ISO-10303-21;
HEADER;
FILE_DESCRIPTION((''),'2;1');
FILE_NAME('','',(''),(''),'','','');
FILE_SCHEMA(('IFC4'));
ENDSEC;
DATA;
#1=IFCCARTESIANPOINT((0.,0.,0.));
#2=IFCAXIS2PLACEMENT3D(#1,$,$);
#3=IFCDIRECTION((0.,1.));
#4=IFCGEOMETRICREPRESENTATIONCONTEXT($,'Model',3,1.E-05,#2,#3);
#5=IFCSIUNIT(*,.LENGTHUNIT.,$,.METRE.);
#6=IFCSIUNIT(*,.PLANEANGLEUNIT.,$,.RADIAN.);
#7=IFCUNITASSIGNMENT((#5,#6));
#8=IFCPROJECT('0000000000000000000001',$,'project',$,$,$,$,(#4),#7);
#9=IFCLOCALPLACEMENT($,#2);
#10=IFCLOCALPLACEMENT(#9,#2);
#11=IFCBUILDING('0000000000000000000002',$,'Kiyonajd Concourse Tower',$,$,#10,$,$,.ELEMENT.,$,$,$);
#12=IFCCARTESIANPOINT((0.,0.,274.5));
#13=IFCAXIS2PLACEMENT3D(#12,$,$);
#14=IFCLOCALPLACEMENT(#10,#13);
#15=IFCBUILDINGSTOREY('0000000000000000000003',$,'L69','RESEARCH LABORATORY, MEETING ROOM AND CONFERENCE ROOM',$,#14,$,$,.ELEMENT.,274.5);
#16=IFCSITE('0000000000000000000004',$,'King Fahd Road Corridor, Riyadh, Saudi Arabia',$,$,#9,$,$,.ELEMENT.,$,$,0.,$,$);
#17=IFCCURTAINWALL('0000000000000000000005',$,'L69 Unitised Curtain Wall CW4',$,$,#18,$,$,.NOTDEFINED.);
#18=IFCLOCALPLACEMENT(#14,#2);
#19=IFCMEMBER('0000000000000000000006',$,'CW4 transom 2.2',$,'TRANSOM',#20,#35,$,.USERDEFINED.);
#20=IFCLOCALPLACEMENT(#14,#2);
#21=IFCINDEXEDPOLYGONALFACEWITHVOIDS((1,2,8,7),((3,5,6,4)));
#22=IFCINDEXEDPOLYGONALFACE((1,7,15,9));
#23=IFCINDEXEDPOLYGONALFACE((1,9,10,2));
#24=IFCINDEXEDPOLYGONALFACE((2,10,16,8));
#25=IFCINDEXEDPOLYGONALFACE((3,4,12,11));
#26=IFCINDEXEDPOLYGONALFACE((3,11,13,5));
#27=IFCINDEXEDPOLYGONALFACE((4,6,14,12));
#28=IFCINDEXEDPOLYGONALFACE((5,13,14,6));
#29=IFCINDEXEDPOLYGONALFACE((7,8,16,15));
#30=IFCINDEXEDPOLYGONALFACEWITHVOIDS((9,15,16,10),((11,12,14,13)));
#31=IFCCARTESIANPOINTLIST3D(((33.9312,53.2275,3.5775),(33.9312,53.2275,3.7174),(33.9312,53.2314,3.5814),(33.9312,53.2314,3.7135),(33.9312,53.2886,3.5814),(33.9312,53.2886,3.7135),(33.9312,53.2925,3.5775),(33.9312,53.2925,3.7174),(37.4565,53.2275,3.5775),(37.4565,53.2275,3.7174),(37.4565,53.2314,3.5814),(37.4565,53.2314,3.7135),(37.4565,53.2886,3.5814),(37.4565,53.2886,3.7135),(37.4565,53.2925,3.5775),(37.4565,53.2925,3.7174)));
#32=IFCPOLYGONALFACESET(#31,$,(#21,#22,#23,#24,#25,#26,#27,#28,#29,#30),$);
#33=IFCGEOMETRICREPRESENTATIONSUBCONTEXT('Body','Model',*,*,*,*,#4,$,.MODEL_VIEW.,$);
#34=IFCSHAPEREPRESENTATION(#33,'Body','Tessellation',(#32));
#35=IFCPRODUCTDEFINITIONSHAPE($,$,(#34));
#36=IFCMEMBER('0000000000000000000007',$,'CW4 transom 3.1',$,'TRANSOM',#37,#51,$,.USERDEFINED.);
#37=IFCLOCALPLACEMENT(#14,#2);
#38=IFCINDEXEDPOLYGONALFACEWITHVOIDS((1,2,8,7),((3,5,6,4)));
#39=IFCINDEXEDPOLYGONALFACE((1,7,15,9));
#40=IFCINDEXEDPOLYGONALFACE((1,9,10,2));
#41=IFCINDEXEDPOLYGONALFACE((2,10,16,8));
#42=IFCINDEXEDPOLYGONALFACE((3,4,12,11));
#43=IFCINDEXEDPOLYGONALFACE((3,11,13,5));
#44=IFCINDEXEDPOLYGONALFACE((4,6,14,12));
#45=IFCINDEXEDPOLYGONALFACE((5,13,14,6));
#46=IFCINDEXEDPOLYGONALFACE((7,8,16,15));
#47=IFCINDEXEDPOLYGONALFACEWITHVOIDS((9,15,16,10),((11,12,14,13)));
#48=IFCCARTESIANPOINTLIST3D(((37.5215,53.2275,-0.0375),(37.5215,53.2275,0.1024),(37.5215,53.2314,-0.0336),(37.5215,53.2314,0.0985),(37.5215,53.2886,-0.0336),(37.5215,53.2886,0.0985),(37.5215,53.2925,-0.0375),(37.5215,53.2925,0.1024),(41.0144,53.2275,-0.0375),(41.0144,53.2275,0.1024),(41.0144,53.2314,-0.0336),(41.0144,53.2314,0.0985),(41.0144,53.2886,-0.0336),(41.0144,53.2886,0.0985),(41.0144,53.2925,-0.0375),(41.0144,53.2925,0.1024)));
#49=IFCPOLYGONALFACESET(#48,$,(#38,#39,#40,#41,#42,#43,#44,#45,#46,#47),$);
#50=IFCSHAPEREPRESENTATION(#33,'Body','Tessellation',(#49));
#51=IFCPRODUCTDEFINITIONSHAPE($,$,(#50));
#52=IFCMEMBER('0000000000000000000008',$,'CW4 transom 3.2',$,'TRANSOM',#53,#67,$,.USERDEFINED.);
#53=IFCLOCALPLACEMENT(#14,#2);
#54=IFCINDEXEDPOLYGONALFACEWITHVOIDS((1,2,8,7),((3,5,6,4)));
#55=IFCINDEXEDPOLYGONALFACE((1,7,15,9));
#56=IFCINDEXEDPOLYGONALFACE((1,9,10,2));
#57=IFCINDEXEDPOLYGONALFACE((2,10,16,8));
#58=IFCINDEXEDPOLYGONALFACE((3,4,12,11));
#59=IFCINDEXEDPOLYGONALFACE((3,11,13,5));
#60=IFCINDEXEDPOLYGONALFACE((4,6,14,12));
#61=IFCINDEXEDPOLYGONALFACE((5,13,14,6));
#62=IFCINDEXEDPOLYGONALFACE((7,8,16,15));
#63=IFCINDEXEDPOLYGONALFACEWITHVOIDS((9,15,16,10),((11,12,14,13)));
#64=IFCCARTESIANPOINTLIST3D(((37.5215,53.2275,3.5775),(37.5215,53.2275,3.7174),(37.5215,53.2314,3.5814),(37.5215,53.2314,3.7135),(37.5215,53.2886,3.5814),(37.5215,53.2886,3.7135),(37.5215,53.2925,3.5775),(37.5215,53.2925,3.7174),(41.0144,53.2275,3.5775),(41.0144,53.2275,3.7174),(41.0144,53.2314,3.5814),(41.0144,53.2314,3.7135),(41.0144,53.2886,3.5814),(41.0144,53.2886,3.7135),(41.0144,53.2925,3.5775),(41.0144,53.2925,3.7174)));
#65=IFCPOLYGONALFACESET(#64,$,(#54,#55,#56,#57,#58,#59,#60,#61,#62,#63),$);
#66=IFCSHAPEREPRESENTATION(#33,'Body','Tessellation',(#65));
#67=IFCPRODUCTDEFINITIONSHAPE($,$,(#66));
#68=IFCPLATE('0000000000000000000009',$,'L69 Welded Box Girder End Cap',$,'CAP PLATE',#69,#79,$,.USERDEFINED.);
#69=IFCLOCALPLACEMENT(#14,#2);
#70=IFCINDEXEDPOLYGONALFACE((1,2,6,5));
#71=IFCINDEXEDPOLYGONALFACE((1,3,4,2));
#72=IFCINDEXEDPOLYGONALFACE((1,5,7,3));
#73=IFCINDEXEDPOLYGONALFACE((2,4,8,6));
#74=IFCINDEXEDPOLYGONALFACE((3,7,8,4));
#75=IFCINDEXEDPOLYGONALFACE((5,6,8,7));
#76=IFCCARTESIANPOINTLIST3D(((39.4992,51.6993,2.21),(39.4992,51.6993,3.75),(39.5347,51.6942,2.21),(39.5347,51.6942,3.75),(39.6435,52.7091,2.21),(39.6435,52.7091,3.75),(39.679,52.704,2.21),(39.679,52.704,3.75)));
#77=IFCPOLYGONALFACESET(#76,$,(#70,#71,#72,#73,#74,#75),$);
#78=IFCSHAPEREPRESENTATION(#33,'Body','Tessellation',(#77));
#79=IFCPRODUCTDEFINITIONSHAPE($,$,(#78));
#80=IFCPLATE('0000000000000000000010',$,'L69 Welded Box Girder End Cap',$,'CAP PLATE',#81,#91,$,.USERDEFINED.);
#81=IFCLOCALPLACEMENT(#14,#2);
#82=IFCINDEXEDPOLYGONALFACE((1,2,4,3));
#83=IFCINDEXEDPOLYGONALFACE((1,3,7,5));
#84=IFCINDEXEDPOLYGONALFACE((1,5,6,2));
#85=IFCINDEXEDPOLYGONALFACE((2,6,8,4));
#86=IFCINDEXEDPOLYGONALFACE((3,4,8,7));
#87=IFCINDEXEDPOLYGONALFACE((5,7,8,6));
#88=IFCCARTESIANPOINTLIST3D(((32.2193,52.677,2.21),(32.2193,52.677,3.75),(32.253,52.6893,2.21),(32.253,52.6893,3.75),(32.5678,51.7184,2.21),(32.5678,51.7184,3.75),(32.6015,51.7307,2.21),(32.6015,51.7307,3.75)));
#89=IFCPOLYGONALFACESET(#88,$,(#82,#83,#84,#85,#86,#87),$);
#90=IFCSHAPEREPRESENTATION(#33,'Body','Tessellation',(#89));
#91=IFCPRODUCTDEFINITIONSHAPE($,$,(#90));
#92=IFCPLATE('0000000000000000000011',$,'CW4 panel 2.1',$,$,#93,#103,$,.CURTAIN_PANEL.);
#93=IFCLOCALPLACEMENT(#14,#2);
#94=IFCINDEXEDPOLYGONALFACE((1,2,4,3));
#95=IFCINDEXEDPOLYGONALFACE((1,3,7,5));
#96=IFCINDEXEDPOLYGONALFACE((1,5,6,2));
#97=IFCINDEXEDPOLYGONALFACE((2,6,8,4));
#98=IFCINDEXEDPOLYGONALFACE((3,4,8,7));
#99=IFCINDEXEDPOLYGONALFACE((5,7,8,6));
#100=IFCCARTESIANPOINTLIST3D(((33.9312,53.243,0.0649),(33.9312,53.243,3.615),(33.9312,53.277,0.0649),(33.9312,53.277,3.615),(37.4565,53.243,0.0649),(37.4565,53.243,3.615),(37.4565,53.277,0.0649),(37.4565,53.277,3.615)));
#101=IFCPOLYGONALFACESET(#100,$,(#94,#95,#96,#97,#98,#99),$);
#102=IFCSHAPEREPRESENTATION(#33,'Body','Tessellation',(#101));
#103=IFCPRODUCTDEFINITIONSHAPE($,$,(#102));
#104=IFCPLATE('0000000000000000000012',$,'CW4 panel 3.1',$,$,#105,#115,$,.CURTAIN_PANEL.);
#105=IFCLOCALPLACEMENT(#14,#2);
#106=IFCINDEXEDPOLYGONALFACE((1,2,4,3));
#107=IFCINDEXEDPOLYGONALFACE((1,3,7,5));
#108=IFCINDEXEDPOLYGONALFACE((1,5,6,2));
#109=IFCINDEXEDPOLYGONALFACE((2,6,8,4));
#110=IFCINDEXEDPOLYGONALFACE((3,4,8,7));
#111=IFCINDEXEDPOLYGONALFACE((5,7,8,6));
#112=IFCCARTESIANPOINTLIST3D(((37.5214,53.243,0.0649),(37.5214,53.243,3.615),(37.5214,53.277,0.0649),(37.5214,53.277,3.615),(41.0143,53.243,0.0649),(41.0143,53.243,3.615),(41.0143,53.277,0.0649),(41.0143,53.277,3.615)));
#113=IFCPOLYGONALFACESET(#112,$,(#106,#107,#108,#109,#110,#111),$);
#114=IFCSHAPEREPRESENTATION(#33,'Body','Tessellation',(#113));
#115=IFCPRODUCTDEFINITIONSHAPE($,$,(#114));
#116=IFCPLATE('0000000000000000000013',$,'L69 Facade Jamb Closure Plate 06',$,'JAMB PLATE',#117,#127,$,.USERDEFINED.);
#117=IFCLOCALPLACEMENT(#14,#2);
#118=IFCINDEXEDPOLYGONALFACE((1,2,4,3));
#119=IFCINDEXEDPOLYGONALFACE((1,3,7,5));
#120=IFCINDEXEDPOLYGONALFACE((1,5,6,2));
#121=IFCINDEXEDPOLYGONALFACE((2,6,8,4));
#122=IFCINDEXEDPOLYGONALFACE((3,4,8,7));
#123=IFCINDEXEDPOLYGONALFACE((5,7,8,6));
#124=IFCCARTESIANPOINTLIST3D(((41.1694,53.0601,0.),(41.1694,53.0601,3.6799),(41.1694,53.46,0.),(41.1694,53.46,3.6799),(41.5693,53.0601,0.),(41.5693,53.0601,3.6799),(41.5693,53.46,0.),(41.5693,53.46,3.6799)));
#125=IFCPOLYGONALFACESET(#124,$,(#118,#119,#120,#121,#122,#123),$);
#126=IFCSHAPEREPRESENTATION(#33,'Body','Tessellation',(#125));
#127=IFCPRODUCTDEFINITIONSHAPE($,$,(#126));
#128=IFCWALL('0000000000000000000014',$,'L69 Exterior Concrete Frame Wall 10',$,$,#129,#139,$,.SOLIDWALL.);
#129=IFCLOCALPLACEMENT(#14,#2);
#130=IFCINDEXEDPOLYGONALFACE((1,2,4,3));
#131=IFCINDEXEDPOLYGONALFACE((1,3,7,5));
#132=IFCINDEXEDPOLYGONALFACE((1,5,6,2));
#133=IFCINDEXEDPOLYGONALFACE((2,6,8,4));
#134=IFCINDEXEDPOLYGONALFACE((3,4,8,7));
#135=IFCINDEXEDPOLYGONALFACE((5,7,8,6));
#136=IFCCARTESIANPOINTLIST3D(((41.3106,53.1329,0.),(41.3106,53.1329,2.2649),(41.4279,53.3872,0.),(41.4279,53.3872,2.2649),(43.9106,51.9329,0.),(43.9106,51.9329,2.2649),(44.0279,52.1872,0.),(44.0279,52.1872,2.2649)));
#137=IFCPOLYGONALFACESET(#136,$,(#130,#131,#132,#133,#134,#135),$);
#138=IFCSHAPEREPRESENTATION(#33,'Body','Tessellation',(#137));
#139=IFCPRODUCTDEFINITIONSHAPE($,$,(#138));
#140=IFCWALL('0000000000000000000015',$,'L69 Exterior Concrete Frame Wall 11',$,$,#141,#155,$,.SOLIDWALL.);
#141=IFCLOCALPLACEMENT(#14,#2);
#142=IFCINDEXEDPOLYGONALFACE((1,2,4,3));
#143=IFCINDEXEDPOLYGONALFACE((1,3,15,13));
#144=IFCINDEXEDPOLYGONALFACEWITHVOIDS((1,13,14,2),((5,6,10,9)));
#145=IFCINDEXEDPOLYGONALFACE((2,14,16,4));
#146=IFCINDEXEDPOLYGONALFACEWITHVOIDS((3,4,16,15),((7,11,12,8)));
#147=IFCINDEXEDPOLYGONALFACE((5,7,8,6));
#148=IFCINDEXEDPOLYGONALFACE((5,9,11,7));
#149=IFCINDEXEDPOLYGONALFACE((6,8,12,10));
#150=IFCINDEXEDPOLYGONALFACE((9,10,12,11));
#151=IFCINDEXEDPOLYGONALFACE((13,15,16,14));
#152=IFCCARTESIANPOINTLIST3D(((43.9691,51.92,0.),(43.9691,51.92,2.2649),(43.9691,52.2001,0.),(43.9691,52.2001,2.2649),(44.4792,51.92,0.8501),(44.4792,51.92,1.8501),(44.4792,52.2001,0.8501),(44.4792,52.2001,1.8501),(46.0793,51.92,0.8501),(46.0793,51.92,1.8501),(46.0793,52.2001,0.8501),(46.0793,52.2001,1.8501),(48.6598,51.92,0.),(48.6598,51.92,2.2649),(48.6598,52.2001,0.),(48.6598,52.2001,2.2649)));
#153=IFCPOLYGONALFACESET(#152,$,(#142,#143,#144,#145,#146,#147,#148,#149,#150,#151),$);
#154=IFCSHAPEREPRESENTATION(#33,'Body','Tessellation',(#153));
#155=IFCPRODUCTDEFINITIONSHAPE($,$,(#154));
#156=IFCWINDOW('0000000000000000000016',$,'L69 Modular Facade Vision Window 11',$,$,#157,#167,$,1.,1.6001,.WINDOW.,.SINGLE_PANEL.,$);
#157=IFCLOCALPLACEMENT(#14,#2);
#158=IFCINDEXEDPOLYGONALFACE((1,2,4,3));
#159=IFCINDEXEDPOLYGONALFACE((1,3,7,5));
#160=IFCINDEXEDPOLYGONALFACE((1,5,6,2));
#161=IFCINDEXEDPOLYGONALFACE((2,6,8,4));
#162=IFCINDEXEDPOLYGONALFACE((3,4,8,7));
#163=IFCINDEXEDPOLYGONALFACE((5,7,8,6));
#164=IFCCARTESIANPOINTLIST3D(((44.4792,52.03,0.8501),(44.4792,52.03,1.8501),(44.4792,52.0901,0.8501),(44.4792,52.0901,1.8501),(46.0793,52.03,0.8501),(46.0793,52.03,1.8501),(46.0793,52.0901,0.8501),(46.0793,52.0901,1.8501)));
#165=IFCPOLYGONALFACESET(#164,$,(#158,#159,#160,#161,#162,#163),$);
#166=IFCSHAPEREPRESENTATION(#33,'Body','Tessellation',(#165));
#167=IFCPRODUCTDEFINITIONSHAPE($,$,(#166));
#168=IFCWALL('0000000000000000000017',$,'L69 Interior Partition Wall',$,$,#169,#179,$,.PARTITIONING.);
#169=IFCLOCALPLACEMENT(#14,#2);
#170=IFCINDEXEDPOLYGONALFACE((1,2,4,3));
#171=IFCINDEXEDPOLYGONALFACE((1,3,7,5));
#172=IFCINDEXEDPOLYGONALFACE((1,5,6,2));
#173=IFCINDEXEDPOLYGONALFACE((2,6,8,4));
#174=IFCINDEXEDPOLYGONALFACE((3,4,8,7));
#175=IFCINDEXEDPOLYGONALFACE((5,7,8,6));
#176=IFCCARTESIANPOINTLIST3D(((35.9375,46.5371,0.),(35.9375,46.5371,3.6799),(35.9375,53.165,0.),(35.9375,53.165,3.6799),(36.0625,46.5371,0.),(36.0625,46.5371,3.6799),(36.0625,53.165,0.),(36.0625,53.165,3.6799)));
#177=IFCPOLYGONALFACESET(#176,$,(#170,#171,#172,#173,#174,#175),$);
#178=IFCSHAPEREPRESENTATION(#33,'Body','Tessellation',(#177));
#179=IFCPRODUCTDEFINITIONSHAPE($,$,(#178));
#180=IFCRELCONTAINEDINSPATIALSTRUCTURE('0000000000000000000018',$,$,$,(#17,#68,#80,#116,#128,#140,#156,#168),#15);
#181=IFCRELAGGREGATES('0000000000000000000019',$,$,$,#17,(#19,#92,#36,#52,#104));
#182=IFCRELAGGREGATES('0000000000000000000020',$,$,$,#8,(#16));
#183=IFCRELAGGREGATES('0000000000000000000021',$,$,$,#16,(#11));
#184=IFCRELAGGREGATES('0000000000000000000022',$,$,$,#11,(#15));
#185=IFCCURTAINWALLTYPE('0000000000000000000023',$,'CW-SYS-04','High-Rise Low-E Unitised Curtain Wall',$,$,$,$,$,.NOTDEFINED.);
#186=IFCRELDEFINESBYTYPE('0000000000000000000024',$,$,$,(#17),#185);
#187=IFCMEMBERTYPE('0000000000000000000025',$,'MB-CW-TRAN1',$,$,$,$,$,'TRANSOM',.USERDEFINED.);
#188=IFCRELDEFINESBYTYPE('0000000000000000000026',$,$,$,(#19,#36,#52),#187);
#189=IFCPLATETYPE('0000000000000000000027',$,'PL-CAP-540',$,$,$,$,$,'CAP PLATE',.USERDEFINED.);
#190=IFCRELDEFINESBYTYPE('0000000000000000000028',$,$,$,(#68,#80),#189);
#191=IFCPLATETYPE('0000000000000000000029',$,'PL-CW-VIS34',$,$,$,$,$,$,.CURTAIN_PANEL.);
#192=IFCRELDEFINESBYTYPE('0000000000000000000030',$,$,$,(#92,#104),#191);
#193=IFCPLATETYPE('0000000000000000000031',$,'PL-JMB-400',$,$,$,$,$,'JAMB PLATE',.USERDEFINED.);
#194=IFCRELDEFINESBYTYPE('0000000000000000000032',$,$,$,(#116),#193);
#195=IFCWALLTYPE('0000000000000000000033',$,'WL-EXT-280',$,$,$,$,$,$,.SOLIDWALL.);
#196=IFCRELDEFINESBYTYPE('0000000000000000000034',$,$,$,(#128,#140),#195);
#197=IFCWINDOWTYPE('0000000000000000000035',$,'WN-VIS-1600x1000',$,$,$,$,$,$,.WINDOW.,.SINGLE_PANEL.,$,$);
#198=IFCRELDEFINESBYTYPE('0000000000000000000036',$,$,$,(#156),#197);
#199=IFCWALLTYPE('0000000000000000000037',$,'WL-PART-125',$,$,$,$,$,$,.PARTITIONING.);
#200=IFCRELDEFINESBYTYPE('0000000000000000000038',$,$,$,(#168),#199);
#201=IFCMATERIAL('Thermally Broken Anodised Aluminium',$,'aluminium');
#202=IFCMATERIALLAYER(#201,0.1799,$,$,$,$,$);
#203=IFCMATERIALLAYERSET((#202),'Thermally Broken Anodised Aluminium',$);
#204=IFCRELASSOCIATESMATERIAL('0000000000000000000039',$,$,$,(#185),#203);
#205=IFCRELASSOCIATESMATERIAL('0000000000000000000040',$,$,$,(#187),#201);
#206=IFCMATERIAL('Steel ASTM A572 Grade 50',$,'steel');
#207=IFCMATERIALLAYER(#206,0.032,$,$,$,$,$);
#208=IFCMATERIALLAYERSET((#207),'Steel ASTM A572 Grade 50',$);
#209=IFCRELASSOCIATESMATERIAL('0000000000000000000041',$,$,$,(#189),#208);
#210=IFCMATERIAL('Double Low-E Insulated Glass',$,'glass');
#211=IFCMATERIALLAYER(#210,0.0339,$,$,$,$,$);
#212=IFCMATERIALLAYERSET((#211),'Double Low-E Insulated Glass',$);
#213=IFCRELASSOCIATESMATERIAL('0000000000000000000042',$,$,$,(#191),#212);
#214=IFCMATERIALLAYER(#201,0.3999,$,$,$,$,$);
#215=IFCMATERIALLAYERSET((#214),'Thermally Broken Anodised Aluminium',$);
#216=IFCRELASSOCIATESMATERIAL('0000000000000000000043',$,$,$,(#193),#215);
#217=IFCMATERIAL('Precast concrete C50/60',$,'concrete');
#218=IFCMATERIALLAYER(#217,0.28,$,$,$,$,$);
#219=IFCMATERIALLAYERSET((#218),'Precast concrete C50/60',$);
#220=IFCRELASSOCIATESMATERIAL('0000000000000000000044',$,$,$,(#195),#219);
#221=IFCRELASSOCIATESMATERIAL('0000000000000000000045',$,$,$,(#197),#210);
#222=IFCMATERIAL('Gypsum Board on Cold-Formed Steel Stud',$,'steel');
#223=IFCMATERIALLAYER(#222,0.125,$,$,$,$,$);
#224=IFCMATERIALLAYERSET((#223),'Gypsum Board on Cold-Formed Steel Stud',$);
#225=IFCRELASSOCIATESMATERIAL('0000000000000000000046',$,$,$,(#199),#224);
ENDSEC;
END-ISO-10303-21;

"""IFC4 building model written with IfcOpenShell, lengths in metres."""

from ifc_helpers import new_model, si_unit, direction, frame, frame_2d, origin, origin_2d, place, context, subcontext, project, spatial, rectangle, hollow_rectangle, extrude, material, layer, layer_set, material_profile, profile_set, type_object, element, fill, aggregate, save


model = new_model("IFC4")

# Units and contexts
model_context = context("Model", 3, precision=1e-05, world=origin(), true_north=direction((0.0, 1.0)))
body_context = subcontext(model_context, "Body", "Model", "MODEL_VIEW")
ifc_project = project(units=[si_unit("LENGTHUNIT", "METRE"), si_unit("PLANEANGLEUNIT", "RADIAN")], contexts=[model_context])

# Site, building, storey
site_placement = place(None, origin())
site = spatial("IfcSite", under=ifc_project, at=site_placement, Name="King Fahd Road Corridor, Riyadh, Saudi Arabia", CompositionType="ELEMENT", RefElevation=0.0)
building_placement = place(site_placement, origin())
building = spatial("IfcBuilding", under=site, at=building_placement, Name="Kiyonajd Concourse Tower", CompositionType="ELEMENT")
storey_placement = place(building_placement, frame((0.0, 0.0, 274.5)))
storey = spatial("IfcBuildingStorey", under=building, at=storey_placement, Name="L69", Description="RESEARCH LABORATORY, MEETING ROOM AND CONFERENCE ROOM", CompositionType="ELEMENT", Elevation=274.5)

# Curtain wall, members
ifc_material_1 = material(Name="Thermally Broken Anodised Aluminium", Category="aluminium")
ifc_layer_1 = layer(ifc_material_1, 0.1799)
ifc_layer_set_1 = layer_set([ifc_layer_1], Name="Thermally Broken Anodised Aluminium")
curtain_wall_type = type_object("IfcCurtainWallType", Name="CW-SYS-04", Description="High-Rise Low-E Unitised Curtain Wall", PredefinedType="NOTDEFINED", material=ifc_layer_set_1)
curtain_wall_placement = place(storey_placement, origin())
curtain_wall = element("IfcCurtainWall", 1, at=curtain_wall_placement, inside=storey, type_object=curtain_wall_type, Name="L69 Unitised Curtain Wall CW4", PredefinedType="NOTDEFINED")
ifc_material_profile_1 = material_profile(ifc_material_1, hollow_rectangle(XDim=0.0649, YDim=0.1399, WallThickness=0.0039, at=origin_2d()), Name="TRAN-65x140")
ifc_profile_set_1 = profile_set([ifc_material_profile_1], Name="Thermally Broken Anodised Aluminium")
member_type_1 = type_object("IfcMemberType", Name="MB-CW-TRAN1", ElementType="TRANSOM", PredefinedType="USERDEFINED", material=ifc_profile_set_1)
member_1_placement = place(storey_placement, frame((33.9312, 53.26, 3.6475), z_axis=(1.0, 0.0, 0.0), x_axis=(0.0, 1.0, 0.0)))
member_1 = element("IfcMember", 2, at=member_1_placement, type_object=member_type_1, Name="CW4 transom 2.2", ObjectType="TRANSOM", PredefinedType="USERDEFINED", context=body_context, shape_type="SweptSolid", body=[
    extrude(hollow_rectangle(XDim=0.0649, YDim=0.1399, WallThickness=0.0039, at=origin_2d()), origin(), (0.0, 0.0, 1.0), 3.5254),
])
member_2_placement = place(storey_placement, frame((37.5215, 53.26, 0.0325), z_axis=(1.0, 0.0, 0.0), x_axis=(0.0, 1.0, 0.0)))
member_2 = element("IfcMember", 3, at=member_2_placement, type_object=member_type_1, Name="CW4 transom 3.1", ObjectType="TRANSOM", PredefinedType="USERDEFINED", context=body_context, shape_type="SweptSolid", body=[
    extrude(hollow_rectangle(XDim=0.0649, YDim=0.1399, WallThickness=0.0039, at=origin_2d()), origin(), (0.0, 0.0, 1.0), 3.4929),
])
member_3_placement = place(storey_placement, frame((37.5215, 53.26, 3.6475), z_axis=(1.0, 0.0, 0.0), x_axis=(0.0, 1.0, 0.0)))
member_3 = element("IfcMember", 4, at=member_3_placement, type_object=member_type_1, Name="CW4 transom 3.2", ObjectType="TRANSOM", PredefinedType="USERDEFINED", context=body_context, shape_type="SweptSolid", body=[
    extrude(hollow_rectangle(XDim=0.0649, YDim=0.1399, WallThickness=0.0039, at=origin_2d()), origin(), (0.0, 0.0, 1.0), 3.4929),
])

# Plates
ifc_material_2 = material(Name="Steel ASTM A572 Grade 50", Category="steel")
ifc_layer_2 = layer(ifc_material_2, 0.032)
ifc_layer_set_2 = layer_set([ifc_layer_2], Name="Steel ASTM A572 Grade 50")
plate_type_1 = type_object("IfcPlateType", Name="PL-CAP-540", ElementType="CAP PLATE", PredefinedType="USERDEFINED", material=ifc_layer_set_2)
for number, where, z_axis, x_axis, name in (
    (5, (39.5891, 52.2017, 2.21), (0.0, 0.0, 1.0), (-0.98995, 0.14142, 0.0), "L69 Welded Box Girder End Cap"),
    (6, (32.4104, 52.2039, 2.21), (0.0, 0.0, 1.0), (0.939812, 0.341692, 0.0), "L69 Welded Box Girder End Cap"),
):
    element("IfcPlate", number, at=place(storey_placement, frame(where, z_axis=z_axis, x_axis=x_axis)), inside=storey, type_object=plate_type_1, Name=name, ObjectType="CAP PLATE", PredefinedType="USERDEFINED", context=body_context, shape_type="SweptSolid", body=[
        extrude(rectangle(XDim=0.0359, YDim=1.02, at=origin_2d()), origin(), (0.0, 0.0, 1.0), 1.54),
    ])

# Plates
ifc_material_3 = material(Name="Double Low-E Insulated Glass", Category="glass")
ifc_layer_3 = layer(ifc_material_3, 0.0339)
ifc_layer_set_3 = layer_set([ifc_layer_3], Name="Double Low-E Insulated Glass")
plate_type_2 = type_object("IfcPlateType", Name="PL-CW-VIS34", PredefinedType="CURTAIN_PANEL", material=ifc_layer_set_3)
plate_1_placement = place(storey_placement, frame((35.6938, 53.26, 0.0649), z_axis=(0.0, 0.0, 1.0), x_axis=(1.0, 0.0, 0.0)))
plate_1 = element("IfcPlate", 7, at=plate_1_placement, type_object=plate_type_2, Name="CW4 panel 2.1", PredefinedType="CURTAIN_PANEL", context=body_context, shape_type="SweptSolid", body=[
    extrude(rectangle(XDim=3.5254, YDim=0.0339, at=origin_2d()), origin(), (0.0, 0.0, 1.0), 3.55),
])
plate_2_placement = place(storey_placement, frame((39.2678, 53.26, 0.0649), z_axis=(0.0, 0.0, 1.0), x_axis=(1.0, 0.0, 0.0)))
plate_2 = element("IfcPlate", 8, at=plate_2_placement, type_object=plate_type_2, Name="CW4 panel 3.1", PredefinedType="CURTAIN_PANEL", context=body_context, shape_type="SweptSolid", body=[
    extrude(rectangle(XDim=3.4929, YDim=0.0339, at=origin_2d()), origin(), (0.0, 0.0, 1.0), 3.55),
])
aggregate(curtain_wall, [member_1, plate_1, member_2, member_3, plate_2])
ifc_layer_4 = layer(ifc_material_1, 0.3999)
ifc_layer_set_4 = layer_set([ifc_layer_4], Name="Thermally Broken Anodised Aluminium")
plate_type_3 = type_object("IfcPlateType", Name="PL-JMB-400", ElementType="JAMB PLATE", PredefinedType="USERDEFINED", material=ifc_layer_set_4)
plate_3_placement = place(storey_placement, frame((41.3694, 53.26, 0.0), z_axis=(0.0, 0.0, 1.0), x_axis=(1.0, 0.0, 0.0)))
element("IfcPlate", 9, at=plate_3_placement, inside=storey, type_object=plate_type_3, Name="L69 Facade Jamb Closure Plate 06", ObjectType="JAMB PLATE", PredefinedType="USERDEFINED", context=body_context, shape_type="SweptSolid", body=[
    extrude(rectangle(XDim=0.3999, YDim=0.3999, at=origin_2d()), origin(), (0.0, 0.0, 1.0), 3.6799),
])

# Wall
ifc_material_4 = material(Name="Precast concrete C50/60", Category="concrete")
ifc_layer_5 = layer(ifc_material_4, 0.28)
ifc_layer_set_5 = layer_set([ifc_layer_5], Name="Precast concrete C50/60")
wall_type_1 = type_object("IfcWallType", Name="WL-EXT-280", PredefinedType="SOLIDWALL", material=ifc_layer_set_5)
wall_1_placement = place(storey_placement, frame((41.3694, 53.26, 0.0), z_axis=(0.0, 0.0, 1.0), x_axis=(0.907957, -0.419064, 0.0)))
element("IfcWall", 10, at=wall_1_placement, inside=storey, type_object=wall_type_1, Name="L69 Exterior Concrete Frame Wall 10", PredefinedType="SOLIDWALL", context=body_context, shape_type="SweptSolid", body=[
    extrude(rectangle(XDim=2.8635, YDim=0.28, at=frame_2d((1.4316, 0.0))), origin(), (0.0, 0.0, 1.0), 2.2649),
])

# Wall, opening, window
wall_2_placement = place(storey_placement, frame((43.9692, 52.0601, 0.0), z_axis=(0.0, 0.0, 1.0), x_axis=(1.0, 0.0, 0.0)))
wall_2 = element("IfcWall", 11, at=wall_2_placement, inside=storey, type_object=wall_type_1, Name="L69 Exterior Concrete Frame Wall 11", PredefinedType="SOLIDWALL", context=body_context, shape_type="SweptSolid", body=[
    extrude(rectangle(XDim=4.6907, YDim=0.28, at=frame_2d((2.3452, 0.0))), origin(), (0.0, 0.0, 1.0), 2.2649),
])
opening_placement = place(wall_2_placement, frame((0.51, 0.0, 0.8501)))
opening = element("IfcOpeningElement", 12, at=opening_placement, cuts=wall_2, PredefinedType="OPENING", context=body_context, shape_type="SweptSolid", body=[
    extrude(rectangle(XDim=1.6001, YDim=1.0, at=frame_2d((0.8, 0.5))), frame((0.0, 0.1499, 0.0), z_axis=(0.0, -1.0, 0.0), x_axis=(1.0, 0.0, 0.0)), (0.0, 0.0, 1.0), 0.3),
])
window_type = type_object("IfcWindowType", Name="WN-VIS-1600x1000", PartitioningType="SINGLE_PANEL", PredefinedType="WINDOW", material=ifc_material_3)
window_placement = place(opening_placement, origin())
window = element("IfcWindow", 13, at=window_placement, inside=storey, type_object=window_type, Name="L69 Modular Facade Vision Window 11", OverallHeight=1.0, OverallWidth=1.6001, PartitioningType="SINGLE_PANEL", PredefinedType="WINDOW", context=body_context, shape_type="SweptSolid", body=[
    extrude(rectangle(XDim=1.6001, YDim=1.0, at=frame_2d((0.8, 0.5))), frame((0.0, 0.03, 0.0), z_axis=(0.0, -1.0, 0.0), x_axis=(1.0, 0.0, 0.0)), (0.0, 0.0, 1.0), 0.0601),
])
fill(opening, window)

# Wall
ifc_material_5 = material(Name="Gypsum Board on Cold-Formed Steel Stud", Category="steel")
ifc_layer_6 = layer(ifc_material_5, 0.125)
ifc_layer_set_6 = layer_set([ifc_layer_6], Name="Gypsum Board on Cold-Formed Steel Stud")
wall_type_2 = type_object("IfcWallType", Name="WL-PART-125", PredefinedType="PARTITIONING", material=ifc_layer_set_6)
wall_3_placement = place(storey_placement, frame((36.0, 46.5371, 0.0), z_axis=(0.0, 0.0, 1.0), x_axis=(0.0, 1.0, 0.0)))
element("IfcWall", 14, at=wall_3_placement, inside=storey, type_object=wall_type_2, Name="L69 Interior Partition Wall", PredefinedType="PARTITIONING", context=body_context, shape_type="SweptSolid", body=[
    extrude(rectangle(XDim=6.6279, YDim=0.125, at=frame_2d((3.314, 0.0))), origin(), (0.0, 0.0, 1.0), 3.6799),
])

save(model, "model.ifc")
